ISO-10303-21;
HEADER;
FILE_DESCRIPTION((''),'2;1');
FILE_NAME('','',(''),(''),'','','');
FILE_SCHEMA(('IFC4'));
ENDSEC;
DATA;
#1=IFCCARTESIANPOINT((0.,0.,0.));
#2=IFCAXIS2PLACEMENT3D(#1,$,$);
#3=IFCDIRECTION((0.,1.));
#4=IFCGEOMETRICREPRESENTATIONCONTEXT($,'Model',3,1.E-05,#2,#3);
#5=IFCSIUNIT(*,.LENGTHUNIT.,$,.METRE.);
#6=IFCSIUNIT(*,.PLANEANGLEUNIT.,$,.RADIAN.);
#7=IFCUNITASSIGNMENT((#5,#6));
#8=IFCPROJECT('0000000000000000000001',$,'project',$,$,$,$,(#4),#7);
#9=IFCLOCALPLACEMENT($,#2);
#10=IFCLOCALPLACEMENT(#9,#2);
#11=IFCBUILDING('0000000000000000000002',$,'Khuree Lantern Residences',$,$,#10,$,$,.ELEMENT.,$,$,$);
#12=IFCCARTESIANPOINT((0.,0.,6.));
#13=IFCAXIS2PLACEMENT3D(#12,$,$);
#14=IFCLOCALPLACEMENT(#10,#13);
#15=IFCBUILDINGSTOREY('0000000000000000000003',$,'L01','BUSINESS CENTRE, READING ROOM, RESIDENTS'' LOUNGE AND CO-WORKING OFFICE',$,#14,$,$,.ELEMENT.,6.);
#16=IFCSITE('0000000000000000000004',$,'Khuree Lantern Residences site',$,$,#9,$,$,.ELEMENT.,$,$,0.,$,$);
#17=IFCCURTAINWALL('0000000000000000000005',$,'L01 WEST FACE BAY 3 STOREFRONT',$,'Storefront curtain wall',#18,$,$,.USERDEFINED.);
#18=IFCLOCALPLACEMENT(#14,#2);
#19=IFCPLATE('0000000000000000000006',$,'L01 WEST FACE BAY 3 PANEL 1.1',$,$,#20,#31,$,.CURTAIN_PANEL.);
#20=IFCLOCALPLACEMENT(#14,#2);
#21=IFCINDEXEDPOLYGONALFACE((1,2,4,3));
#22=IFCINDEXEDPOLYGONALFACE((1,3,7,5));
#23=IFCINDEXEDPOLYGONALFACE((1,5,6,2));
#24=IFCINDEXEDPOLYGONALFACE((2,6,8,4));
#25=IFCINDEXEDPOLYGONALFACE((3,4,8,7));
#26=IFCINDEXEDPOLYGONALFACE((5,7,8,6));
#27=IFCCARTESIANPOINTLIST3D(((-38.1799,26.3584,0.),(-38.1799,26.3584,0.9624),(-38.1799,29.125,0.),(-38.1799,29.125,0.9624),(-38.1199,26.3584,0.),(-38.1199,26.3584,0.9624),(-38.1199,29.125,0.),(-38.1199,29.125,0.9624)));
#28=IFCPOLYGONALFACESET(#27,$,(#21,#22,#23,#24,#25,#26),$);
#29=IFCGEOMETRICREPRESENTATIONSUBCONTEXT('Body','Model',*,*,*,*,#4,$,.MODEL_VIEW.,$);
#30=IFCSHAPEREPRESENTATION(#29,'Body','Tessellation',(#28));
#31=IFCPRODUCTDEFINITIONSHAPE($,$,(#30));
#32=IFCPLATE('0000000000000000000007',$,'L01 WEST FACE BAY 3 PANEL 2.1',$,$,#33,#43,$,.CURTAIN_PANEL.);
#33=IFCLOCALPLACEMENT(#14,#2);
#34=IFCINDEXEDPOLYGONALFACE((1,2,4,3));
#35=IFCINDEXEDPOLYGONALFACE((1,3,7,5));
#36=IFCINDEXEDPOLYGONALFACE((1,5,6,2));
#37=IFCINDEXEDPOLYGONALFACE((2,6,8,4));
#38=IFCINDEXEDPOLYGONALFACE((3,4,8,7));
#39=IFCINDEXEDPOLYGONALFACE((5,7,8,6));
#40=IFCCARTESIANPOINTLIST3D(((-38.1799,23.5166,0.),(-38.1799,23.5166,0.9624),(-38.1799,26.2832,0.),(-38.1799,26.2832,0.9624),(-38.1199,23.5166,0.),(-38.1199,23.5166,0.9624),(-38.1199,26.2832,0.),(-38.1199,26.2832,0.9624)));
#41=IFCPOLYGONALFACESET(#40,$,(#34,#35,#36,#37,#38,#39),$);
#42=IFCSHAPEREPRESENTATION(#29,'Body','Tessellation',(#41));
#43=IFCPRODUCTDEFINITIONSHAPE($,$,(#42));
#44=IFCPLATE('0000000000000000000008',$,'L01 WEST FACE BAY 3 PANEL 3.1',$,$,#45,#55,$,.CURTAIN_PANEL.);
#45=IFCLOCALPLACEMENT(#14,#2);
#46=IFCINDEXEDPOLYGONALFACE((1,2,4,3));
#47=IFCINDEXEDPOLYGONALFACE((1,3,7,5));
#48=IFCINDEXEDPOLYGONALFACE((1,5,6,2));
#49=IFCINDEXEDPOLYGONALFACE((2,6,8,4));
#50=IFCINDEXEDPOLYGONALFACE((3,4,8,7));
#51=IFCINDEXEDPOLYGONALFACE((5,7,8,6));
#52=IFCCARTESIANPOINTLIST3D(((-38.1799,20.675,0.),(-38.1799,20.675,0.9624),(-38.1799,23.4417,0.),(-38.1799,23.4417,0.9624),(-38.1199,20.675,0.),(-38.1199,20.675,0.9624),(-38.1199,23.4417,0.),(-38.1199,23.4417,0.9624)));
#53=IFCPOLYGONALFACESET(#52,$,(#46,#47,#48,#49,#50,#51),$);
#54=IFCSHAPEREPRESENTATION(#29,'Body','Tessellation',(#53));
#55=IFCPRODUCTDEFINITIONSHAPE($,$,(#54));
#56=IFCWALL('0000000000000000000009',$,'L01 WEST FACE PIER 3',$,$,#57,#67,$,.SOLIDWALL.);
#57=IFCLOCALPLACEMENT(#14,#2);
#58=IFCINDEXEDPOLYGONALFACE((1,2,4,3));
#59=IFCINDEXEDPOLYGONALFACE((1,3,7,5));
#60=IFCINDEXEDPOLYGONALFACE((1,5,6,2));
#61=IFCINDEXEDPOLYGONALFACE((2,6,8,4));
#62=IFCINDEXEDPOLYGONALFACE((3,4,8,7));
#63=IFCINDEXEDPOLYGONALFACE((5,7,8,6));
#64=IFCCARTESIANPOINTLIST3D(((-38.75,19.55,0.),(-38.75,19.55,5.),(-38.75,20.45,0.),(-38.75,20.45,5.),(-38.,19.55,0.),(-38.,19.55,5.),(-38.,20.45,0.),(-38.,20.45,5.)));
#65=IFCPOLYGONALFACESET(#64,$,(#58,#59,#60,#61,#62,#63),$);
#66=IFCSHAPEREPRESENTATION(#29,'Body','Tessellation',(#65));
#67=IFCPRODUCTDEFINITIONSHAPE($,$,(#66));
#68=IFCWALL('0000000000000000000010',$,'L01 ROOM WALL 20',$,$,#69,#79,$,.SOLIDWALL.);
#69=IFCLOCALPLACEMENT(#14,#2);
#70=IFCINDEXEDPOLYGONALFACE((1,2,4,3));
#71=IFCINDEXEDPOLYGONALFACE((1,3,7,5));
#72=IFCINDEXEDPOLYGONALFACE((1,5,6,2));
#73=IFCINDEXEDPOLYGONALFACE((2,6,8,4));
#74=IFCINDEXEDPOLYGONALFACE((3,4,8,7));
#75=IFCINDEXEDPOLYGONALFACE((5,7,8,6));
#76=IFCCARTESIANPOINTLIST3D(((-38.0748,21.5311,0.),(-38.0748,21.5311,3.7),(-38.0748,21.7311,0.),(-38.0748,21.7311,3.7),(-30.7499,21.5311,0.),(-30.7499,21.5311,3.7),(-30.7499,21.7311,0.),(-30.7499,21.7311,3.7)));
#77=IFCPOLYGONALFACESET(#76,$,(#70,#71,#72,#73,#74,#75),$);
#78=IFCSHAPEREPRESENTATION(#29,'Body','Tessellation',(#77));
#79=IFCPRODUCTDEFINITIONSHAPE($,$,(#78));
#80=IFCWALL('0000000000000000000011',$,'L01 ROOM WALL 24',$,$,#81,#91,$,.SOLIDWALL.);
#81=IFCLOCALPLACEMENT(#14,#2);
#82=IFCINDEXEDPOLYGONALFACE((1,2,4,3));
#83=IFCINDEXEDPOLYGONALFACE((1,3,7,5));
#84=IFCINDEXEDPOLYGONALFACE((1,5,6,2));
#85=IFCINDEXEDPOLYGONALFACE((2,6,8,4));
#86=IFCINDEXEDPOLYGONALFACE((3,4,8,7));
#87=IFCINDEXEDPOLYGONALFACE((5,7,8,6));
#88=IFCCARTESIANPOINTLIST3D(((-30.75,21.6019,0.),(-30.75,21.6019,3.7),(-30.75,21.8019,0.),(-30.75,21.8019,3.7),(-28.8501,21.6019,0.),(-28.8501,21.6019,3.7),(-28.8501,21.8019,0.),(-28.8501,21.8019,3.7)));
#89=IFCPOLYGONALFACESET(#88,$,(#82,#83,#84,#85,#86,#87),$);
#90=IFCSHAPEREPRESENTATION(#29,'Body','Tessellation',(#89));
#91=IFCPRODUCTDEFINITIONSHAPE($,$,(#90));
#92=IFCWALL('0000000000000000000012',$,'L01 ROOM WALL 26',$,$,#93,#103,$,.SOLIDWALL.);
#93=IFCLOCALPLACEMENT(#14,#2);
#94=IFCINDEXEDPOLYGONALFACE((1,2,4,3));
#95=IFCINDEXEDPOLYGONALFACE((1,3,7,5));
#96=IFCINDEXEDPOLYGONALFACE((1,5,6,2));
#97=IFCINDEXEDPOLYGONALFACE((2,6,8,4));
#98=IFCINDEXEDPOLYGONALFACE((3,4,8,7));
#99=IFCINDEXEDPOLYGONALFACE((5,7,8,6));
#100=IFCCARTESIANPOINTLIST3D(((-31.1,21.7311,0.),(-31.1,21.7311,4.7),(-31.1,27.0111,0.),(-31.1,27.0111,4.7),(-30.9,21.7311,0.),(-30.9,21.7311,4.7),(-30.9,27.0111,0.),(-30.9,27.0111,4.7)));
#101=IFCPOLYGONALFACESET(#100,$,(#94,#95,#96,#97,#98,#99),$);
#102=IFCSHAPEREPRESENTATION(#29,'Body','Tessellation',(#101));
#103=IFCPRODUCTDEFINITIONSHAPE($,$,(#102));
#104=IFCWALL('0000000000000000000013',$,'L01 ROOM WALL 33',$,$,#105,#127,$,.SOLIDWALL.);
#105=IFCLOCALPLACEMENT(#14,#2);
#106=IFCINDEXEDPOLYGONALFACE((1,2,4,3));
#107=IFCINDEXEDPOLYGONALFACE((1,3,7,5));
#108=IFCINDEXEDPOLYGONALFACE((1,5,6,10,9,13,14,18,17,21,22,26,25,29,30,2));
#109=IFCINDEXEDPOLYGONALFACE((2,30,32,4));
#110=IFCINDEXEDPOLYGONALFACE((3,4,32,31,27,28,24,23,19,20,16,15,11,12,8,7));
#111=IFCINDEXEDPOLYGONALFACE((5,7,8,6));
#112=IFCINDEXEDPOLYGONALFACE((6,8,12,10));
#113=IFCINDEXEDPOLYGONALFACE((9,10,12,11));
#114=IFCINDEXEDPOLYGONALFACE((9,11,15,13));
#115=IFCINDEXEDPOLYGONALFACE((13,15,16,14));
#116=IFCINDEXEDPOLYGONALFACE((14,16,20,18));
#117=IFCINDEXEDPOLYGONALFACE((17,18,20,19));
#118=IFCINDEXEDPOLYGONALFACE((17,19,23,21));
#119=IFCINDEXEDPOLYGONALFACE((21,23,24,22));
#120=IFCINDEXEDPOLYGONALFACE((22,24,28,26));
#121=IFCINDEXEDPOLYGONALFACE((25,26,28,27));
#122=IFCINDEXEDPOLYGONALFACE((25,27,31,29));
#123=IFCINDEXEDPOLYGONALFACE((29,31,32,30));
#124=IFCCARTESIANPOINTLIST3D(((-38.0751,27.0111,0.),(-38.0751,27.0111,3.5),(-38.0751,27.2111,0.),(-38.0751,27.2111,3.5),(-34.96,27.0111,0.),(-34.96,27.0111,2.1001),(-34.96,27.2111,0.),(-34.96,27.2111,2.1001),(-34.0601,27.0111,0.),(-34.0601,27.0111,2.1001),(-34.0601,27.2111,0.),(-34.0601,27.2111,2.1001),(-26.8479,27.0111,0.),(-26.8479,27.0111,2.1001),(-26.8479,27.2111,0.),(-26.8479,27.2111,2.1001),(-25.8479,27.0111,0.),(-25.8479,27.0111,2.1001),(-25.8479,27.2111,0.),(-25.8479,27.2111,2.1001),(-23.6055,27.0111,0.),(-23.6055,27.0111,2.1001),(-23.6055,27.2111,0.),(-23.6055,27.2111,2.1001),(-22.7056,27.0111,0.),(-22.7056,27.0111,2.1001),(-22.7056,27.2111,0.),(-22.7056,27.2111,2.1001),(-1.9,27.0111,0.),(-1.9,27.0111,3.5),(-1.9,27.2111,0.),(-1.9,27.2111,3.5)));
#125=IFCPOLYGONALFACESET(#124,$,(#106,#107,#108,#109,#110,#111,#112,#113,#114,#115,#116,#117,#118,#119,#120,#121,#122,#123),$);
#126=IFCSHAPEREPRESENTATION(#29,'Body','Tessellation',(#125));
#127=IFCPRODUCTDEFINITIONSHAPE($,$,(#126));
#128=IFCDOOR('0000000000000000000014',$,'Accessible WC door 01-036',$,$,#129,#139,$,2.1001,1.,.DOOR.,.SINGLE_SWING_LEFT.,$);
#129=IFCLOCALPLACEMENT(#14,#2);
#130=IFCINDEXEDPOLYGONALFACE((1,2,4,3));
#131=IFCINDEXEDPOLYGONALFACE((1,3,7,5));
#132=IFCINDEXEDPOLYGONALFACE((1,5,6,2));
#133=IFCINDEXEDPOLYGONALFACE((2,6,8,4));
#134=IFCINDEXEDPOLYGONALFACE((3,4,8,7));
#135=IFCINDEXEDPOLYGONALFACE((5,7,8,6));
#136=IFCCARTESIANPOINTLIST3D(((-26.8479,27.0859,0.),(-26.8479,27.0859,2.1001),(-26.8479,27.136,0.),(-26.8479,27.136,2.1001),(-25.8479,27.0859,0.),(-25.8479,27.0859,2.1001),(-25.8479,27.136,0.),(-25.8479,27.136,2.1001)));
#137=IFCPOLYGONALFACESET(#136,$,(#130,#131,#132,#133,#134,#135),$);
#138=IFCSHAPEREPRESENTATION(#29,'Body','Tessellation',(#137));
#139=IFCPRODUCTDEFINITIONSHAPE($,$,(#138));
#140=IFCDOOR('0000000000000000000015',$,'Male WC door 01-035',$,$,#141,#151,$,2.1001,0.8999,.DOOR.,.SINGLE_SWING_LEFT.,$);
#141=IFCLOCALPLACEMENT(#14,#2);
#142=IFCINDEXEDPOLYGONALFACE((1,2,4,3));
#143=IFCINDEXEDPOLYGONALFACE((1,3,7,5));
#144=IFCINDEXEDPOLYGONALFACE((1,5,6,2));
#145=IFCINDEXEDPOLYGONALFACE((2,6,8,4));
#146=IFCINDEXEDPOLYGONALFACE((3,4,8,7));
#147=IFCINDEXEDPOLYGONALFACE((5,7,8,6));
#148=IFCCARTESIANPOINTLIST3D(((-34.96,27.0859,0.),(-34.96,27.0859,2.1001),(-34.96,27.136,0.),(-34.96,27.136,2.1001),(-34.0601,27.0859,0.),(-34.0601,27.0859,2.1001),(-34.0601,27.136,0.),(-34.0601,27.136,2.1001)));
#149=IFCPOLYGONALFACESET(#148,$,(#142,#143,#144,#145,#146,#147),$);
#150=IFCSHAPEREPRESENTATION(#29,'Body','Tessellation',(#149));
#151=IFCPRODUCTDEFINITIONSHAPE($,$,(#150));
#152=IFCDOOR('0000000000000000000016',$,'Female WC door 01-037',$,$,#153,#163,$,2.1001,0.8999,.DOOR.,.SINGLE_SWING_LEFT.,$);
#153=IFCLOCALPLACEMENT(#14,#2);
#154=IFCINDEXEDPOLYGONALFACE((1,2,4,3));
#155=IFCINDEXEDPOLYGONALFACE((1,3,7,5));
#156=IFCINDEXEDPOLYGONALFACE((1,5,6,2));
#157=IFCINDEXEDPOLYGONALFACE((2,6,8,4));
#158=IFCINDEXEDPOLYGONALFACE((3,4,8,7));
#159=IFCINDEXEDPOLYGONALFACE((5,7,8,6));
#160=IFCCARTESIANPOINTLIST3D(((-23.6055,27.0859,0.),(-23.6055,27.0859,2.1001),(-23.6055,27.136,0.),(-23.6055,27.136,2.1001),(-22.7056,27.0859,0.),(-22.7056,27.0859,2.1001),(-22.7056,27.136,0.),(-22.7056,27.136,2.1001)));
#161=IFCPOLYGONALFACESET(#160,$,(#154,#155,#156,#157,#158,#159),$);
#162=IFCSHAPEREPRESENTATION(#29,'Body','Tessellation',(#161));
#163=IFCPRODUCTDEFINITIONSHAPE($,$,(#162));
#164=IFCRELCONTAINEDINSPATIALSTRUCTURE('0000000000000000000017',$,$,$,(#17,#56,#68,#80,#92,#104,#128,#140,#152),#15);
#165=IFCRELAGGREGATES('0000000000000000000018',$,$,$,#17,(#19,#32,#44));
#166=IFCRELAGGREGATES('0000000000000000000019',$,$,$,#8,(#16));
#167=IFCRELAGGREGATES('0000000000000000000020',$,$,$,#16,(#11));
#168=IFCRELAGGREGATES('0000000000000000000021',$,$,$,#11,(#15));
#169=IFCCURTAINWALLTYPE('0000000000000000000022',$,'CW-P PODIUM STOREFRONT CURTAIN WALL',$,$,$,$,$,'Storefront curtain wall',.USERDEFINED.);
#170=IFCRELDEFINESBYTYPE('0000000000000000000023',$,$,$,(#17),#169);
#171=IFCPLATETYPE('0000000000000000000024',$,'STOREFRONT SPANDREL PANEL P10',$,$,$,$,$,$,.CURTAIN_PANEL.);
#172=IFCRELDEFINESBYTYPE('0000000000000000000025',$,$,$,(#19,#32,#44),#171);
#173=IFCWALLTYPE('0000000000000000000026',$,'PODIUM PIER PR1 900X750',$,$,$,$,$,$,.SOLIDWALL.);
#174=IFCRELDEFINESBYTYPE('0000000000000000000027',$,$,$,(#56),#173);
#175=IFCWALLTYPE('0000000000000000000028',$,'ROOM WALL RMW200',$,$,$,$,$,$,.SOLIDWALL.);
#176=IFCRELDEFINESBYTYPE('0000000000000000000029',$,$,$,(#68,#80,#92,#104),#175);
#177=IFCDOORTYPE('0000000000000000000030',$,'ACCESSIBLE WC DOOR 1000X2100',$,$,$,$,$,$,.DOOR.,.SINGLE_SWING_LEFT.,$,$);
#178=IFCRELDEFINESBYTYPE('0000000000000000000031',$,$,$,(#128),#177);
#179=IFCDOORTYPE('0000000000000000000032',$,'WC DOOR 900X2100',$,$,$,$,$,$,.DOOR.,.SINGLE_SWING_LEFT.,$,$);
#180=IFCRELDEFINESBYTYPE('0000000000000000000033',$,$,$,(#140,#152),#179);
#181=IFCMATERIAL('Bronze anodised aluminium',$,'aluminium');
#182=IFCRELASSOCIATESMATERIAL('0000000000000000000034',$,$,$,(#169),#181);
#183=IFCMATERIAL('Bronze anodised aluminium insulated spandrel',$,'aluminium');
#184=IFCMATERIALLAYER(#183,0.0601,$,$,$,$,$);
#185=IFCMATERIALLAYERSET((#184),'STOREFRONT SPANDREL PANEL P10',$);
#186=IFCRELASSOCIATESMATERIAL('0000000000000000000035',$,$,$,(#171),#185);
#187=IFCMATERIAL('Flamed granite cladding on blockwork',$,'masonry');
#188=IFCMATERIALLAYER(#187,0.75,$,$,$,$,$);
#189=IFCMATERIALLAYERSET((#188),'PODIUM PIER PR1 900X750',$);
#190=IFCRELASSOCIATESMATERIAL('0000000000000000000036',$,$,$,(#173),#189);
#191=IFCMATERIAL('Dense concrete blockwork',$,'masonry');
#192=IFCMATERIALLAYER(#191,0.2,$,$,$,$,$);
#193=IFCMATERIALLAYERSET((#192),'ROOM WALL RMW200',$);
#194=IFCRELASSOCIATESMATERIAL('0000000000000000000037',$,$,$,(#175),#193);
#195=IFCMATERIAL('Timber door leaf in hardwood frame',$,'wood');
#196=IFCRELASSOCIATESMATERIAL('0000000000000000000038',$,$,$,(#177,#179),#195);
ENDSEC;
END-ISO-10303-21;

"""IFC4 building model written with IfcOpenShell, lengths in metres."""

from ifc_helpers import new_model, si_unit, direction, frame, frame_2d, origin, origin_2d, place, context, subcontext, project, spatial, rectangle, extrude, material, layer, layer_set, type_object, element, fill, aggregate, save


model = new_model("IFC4")

# Units and contexts
model_context = context("Model", 3, precision=1e-05, world=origin(), true_north=direction((0.0, 1.0)))
body_context = subcontext(model_context, "Body", "Model", "MODEL_VIEW")
ifc_project = project(units=[si_unit("LENGTHUNIT", "METRE"), si_unit("PLANEANGLEUNIT", "RADIAN")], contexts=[model_context])

# Site, building, storey
site_placement = place(None, origin())
site = spatial("IfcSite", under=ifc_project, at=site_placement, Name="Khuree Lantern Residences site", CompositionType="ELEMENT", RefElevation=0.0)
building_placement = place(site_placement, origin())
building = spatial("IfcBuilding", under=site, at=building_placement, Name="Khuree Lantern Residences", CompositionType="ELEMENT")
storey_placement = place(building_placement, frame((0.0, 0.0, 6.0)))
storey = spatial("IfcBuildingStorey", under=building, at=storey_placement, Name="L01", Description="BUSINESS CENTRE, READING ROOM, RESIDENTS' LOUNGE AND CO-WORKING OFFICE", CompositionType="ELEMENT", Elevation=6.0)

# Curtain wall
ifc_material_1 = material(Name="Bronze anodised aluminium", Category="aluminium")
curtain_wall_type = type_object("IfcCurtainWallType", Name="CW-P PODIUM STOREFRONT CURTAIN WALL", ElementType="Storefront curtain wall", PredefinedType="USERDEFINED", material=ifc_material_1)
curtain_wall_placement = place(storey_placement, origin())
curtain_wall = element("IfcCurtainWall", 1, at=curtain_wall_placement, inside=storey, type_object=curtain_wall_type, Name="L01 WEST FACE BAY 3 STOREFRONT", ObjectType="Storefront curtain wall", PredefinedType="USERDEFINED")

# Plates
ifc_material_2 = material(Name="Bronze anodised aluminium insulated spandrel", Category="aluminium")
ifc_layer_1 = layer(ifc_material_2, 0.0601)
ifc_layer_set_1 = layer_set([ifc_layer_1], Name="STOREFRONT SPANDREL PANEL P10")
plate_type_1 = type_object("IfcPlateType", Name="STOREFRONT SPANDREL PANEL P10", PredefinedType="CURTAIN_PANEL", material=ifc_layer_set_1)
plate_1_placement = place(storey_placement, frame((-38.1499, 27.7417, 0.0), z_axis=(0.0, 0.0, 1.0), x_axis=(0.0, -1.0, 0.0)))
plate_1 = element("IfcPlate", 2, at=plate_1_placement, type_object=plate_type_1, Name="L01 WEST FACE BAY 3 PANEL 1.1", PredefinedType="CURTAIN_PANEL", context=body_context, shape_type="SweptSolid", body=[
    extrude(rectangle(XDim=2.7666, YDim=0.0601, at=origin_2d()), origin(), (0.0, 0.0, 1.0), 0.9624),
])
plate_2_placement = place(storey_placement, frame((-38.1499, 24.8999, 0.0), z_axis=(0.0, 0.0, 1.0), x_axis=(0.0, -1.0, 0.0)))
plate_2 = element("IfcPlate", 3, at=plate_2_placement, type_object=plate_type_1, Name="L01 WEST FACE BAY 3 PANEL 2.1", PredefinedType="CURTAIN_PANEL", context=body_context, shape_type="SweptSolid", body=[
    extrude(rectangle(XDim=2.7666, YDim=0.0601, at=origin_2d()), origin(), (0.0, 0.0, 1.0), 0.9624),
])
plate_3_placement = place(storey_placement, frame((-38.1499, 22.0583, 0.0), z_axis=(0.0, 0.0, 1.0), x_axis=(0.0, -1.0, 0.0)))
plate_3 = element("IfcPlate", 4, at=plate_3_placement, type_object=plate_type_1, Name="L01 WEST FACE BAY 3 PANEL 3.1", PredefinedType="CURTAIN_PANEL", context=body_context, shape_type="SweptSolid", body=[
    extrude(rectangle(XDim=2.7666, YDim=0.0601, at=origin_2d()), origin(), (0.0, 0.0, 1.0), 0.9624),
])
aggregate(curtain_wall, [plate_1, plate_2, plate_3])

# Walls
ifc_material_3 = material(Name="Flamed granite cladding on blockwork", Category="masonry")
ifc_layer_2 = layer(ifc_material_3, 0.75)
ifc_layer_set_2 = layer_set([ifc_layer_2], Name="PODIUM PIER PR1 900X750")
wall_type_1 = type_object("IfcWallType", Name="PODIUM PIER PR1 900X750", PredefinedType="SOLIDWALL", material=ifc_layer_set_2)
wall_1_placement = place(storey_placement, frame((-38.375, 20.45, 0.0), z_axis=(0.0, 0.0, 1.0), x_axis=(0.0, -1.0, 0.0)))
element("IfcWall", 5, at=wall_1_placement, inside=storey, type_object=wall_type_1, Name="L01 WEST FACE PIER 3", PredefinedType="SOLIDWALL", context=body_context, shape_type="SweptSolid", body=[
    extrude(rectangle(XDim=0.8999, YDim=0.75, at=frame_2d((0.45, 0.0))), origin(), (0.0, 0.0, 1.0), 5.0),
])
ifc_material_4 = material(Name="Dense concrete blockwork", Category="masonry")
ifc_layer_3 = layer(ifc_material_4, 0.2)
ifc_layer_set_3 = layer_set([ifc_layer_3], Name="ROOM WALL RMW200")
wall_type_2 = type_object("IfcWallType", Name="ROOM WALL RMW200", PredefinedType="SOLIDWALL", material=ifc_layer_set_3)
wall_2_placement = place(storey_placement, frame((-38.075, 21.6311, 0.0), z_axis=(0.0, 0.0, 1.0), x_axis=(1.0, 0.0, 0.0)))
element("IfcWall", 6, at=wall_2_placement, inside=storey, type_object=wall_type_2, Name="L01 ROOM WALL 20", PredefinedType="SOLIDWALL", context=body_context, shape_type="SweptSolid", body=[
    extrude(rectangle(XDim=7.325, YDim=0.2, at=frame_2d((3.6626, 0.0))), origin(), (0.0, 0.0, 1.0), 3.7),
])
wall_3_placement = place(storey_placement, frame((-30.75, 21.7019, 0.0), z_axis=(0.0, 0.0, 1.0), x_axis=(1.0, 0.0, 0.0)))
element("IfcWall", 7, at=wall_3_placement, inside=storey, type_object=wall_type_2, Name="L01 ROOM WALL 24", PredefinedType="SOLIDWALL", context=body_context, shape_type="SweptSolid", body=[
    extrude(rectangle(XDim=1.8999, YDim=0.2, at=frame_2d((0.95, 0.0))), origin(), (0.0, 0.0, 1.0), 3.7),
])
wall_4_placement = place(storey_placement, frame((-31.0, 21.731, 0.0), z_axis=(0.0, 0.0, 1.0), x_axis=(0.0, 1.0, 0.0)))
element("IfcWall", 8, at=wall_4_placement, inside=storey, type_object=wall_type_2, Name="L01 ROOM WALL 26", PredefinedType="SOLIDWALL", context=body_context, shape_type="SweptSolid", body=[
    extrude(rectangle(XDim=5.28, YDim=0.2, at=frame_2d((2.6401, 0.0))), origin(), (0.0, 0.0, 1.0), 4.7),
])

# Wall, openings, doors
wall_5_placement = place(storey_placement, frame((-38.075, 27.1111, 0.0), z_axis=(0.0, 0.0, 1.0), x_axis=(1.0, 0.0, 0.0)))
wall_5 = element("IfcWall", 9, at=wall_5_placement, inside=storey, type_object=wall_type_2, Name="L01 ROOM WALL 33", PredefinedType="SOLIDWALL", context=body_context, shape_type="SweptSolid", body=[
    extrude(rectangle(XDim=36.175, YDim=0.2, at=frame_2d((18.0874, 0.0))), origin(), (0.0, 0.0, 1.0), 3.5),
])
opening_1_placement = place(wall_5_placement, frame((3.115, 0.0, 0.0)))
opening_1 = element("IfcOpeningElement", 10, at=opening_1_placement, cuts=wall_5, PredefinedType="OPENING", context=body_context, shape_type="SweptSolid", body=[
    extrude(rectangle(XDim=0.8999, YDim=2.1001, at=frame_2d((0.45, 1.05))), frame((0.0, 0.1099, 0.0), z_axis=(0.0, -1.0, 0.0), x_axis=(1.0, 0.0, 0.0)), (0.0, 0.0, 1.0), 0.22),
])
opening_2_placement = place(wall_5_placement, frame((11.2271, 0.0, 0.0)))
opening_2 = element("IfcOpeningElement", 11, at=opening_2_placement, cuts=wall_5, PredefinedType="OPENING", context=body_context, shape_type="SweptSolid", body=[
    extrude(rectangle(XDim=1.0, YDim=2.1001, at=frame_2d((0.5, 1.05))), frame((0.0, 0.1099, 0.0), z_axis=(0.0, -1.0, 0.0), x_axis=(1.0, 0.0, 0.0)), (0.0, 0.0, 1.0), 0.22),
])
opening_3_placement = place(wall_5_placement, frame((14.4695, 0.0, 0.0)))
opening_3 = element("IfcOpeningElement", 12, at=opening_3_placement, cuts=wall_5, PredefinedType="OPENING", context=body_context, shape_type="SweptSolid", body=[
    extrude(rectangle(XDim=0.8999, YDim=2.1001, at=frame_2d((0.45, 1.05))), frame((0.0, 0.1099, 0.0), z_axis=(0.0, -1.0, 0.0), x_axis=(1.0, 0.0, 0.0)), (0.0, 0.0, 1.0), 0.22),
])
ifc_material_5 = material(Name="Timber door leaf in hardwood frame", Category="wood")
door_type_1 = type_object("IfcDoorType", Name="ACCESSIBLE WC DOOR 1000X2100", OperationType="SINGLE_SWING_LEFT", PredefinedType="DOOR", material=ifc_material_5)
door_1_placement = place(opening_2_placement, origin())
door_1 = element("IfcDoor", 13, at=door_1_placement, inside=storey, type_object=door_type_1, Name="Accessible WC door 01-036", OperationType="SINGLE_SWING_LEFT", OverallHeight=2.1001, OverallWidth=1.0, PredefinedType="DOOR", context=body_context, shape_type="SweptSolid", body=[
    extrude(rectangle(XDim=1.0, YDim=2.1001, at=frame_2d((0.5, 1.05))), frame((0.0, 0.0249, 0.0), z_axis=(0.0, -1.0, 0.0), x_axis=(1.0, 0.0, 0.0)), (0.0, 0.0, 1.0), 0.05),
])
fill(opening_2, door_1)
door_type_2 = type_object("IfcDoorType", Name="WC DOOR 900X2100", OperationType="SINGLE_SWING_LEFT", PredefinedType="DOOR", material=ifc_material_5)
door_2_placement = place(opening_1_placement, origin())
door_2 = element("IfcDoor", 14, at=door_2_placement, inside=storey, type_object=door_type_2, Name="Male WC door 01-035", OperationType="SINGLE_SWING_LEFT", OverallHeight=2.1001, OverallWidth=0.8999, PredefinedType="DOOR", context=body_context, shape_type="SweptSolid", body=[
    extrude(rectangle(XDim=0.8999, YDim=2.1001, at=frame_2d((0.45, 1.05))), frame((0.0, 0.0249, 0.0), z_axis=(0.0, -1.0, 0.0), x_axis=(1.0, 0.0, 0.0)), (0.0, 0.0, 1.0), 0.05),
])
fill(opening_1, door_2)
door_3_placement = place(opening_3_placement, origin())
door_3 = element("IfcDoor", 15, at=door_3_placement, inside=storey, type_object=door_type_2, Name="Female WC door 01-037", OperationType="SINGLE_SWING_LEFT", OverallHeight=2.1001, OverallWidth=0.8999, PredefinedType="DOOR", context=body_context, shape_type="SweptSolid", body=[
    extrude(rectangle(XDim=0.8999, YDim=2.1001, at=frame_2d((0.45, 1.05))), frame((0.0, 0.0249, 0.0), z_axis=(0.0, -1.0, 0.0), x_axis=(1.0, 0.0, 0.0)), (0.0, 0.0, 1.0), 0.05),
])
fill(opening_3, door_3)

save(model, "model.ifc")
